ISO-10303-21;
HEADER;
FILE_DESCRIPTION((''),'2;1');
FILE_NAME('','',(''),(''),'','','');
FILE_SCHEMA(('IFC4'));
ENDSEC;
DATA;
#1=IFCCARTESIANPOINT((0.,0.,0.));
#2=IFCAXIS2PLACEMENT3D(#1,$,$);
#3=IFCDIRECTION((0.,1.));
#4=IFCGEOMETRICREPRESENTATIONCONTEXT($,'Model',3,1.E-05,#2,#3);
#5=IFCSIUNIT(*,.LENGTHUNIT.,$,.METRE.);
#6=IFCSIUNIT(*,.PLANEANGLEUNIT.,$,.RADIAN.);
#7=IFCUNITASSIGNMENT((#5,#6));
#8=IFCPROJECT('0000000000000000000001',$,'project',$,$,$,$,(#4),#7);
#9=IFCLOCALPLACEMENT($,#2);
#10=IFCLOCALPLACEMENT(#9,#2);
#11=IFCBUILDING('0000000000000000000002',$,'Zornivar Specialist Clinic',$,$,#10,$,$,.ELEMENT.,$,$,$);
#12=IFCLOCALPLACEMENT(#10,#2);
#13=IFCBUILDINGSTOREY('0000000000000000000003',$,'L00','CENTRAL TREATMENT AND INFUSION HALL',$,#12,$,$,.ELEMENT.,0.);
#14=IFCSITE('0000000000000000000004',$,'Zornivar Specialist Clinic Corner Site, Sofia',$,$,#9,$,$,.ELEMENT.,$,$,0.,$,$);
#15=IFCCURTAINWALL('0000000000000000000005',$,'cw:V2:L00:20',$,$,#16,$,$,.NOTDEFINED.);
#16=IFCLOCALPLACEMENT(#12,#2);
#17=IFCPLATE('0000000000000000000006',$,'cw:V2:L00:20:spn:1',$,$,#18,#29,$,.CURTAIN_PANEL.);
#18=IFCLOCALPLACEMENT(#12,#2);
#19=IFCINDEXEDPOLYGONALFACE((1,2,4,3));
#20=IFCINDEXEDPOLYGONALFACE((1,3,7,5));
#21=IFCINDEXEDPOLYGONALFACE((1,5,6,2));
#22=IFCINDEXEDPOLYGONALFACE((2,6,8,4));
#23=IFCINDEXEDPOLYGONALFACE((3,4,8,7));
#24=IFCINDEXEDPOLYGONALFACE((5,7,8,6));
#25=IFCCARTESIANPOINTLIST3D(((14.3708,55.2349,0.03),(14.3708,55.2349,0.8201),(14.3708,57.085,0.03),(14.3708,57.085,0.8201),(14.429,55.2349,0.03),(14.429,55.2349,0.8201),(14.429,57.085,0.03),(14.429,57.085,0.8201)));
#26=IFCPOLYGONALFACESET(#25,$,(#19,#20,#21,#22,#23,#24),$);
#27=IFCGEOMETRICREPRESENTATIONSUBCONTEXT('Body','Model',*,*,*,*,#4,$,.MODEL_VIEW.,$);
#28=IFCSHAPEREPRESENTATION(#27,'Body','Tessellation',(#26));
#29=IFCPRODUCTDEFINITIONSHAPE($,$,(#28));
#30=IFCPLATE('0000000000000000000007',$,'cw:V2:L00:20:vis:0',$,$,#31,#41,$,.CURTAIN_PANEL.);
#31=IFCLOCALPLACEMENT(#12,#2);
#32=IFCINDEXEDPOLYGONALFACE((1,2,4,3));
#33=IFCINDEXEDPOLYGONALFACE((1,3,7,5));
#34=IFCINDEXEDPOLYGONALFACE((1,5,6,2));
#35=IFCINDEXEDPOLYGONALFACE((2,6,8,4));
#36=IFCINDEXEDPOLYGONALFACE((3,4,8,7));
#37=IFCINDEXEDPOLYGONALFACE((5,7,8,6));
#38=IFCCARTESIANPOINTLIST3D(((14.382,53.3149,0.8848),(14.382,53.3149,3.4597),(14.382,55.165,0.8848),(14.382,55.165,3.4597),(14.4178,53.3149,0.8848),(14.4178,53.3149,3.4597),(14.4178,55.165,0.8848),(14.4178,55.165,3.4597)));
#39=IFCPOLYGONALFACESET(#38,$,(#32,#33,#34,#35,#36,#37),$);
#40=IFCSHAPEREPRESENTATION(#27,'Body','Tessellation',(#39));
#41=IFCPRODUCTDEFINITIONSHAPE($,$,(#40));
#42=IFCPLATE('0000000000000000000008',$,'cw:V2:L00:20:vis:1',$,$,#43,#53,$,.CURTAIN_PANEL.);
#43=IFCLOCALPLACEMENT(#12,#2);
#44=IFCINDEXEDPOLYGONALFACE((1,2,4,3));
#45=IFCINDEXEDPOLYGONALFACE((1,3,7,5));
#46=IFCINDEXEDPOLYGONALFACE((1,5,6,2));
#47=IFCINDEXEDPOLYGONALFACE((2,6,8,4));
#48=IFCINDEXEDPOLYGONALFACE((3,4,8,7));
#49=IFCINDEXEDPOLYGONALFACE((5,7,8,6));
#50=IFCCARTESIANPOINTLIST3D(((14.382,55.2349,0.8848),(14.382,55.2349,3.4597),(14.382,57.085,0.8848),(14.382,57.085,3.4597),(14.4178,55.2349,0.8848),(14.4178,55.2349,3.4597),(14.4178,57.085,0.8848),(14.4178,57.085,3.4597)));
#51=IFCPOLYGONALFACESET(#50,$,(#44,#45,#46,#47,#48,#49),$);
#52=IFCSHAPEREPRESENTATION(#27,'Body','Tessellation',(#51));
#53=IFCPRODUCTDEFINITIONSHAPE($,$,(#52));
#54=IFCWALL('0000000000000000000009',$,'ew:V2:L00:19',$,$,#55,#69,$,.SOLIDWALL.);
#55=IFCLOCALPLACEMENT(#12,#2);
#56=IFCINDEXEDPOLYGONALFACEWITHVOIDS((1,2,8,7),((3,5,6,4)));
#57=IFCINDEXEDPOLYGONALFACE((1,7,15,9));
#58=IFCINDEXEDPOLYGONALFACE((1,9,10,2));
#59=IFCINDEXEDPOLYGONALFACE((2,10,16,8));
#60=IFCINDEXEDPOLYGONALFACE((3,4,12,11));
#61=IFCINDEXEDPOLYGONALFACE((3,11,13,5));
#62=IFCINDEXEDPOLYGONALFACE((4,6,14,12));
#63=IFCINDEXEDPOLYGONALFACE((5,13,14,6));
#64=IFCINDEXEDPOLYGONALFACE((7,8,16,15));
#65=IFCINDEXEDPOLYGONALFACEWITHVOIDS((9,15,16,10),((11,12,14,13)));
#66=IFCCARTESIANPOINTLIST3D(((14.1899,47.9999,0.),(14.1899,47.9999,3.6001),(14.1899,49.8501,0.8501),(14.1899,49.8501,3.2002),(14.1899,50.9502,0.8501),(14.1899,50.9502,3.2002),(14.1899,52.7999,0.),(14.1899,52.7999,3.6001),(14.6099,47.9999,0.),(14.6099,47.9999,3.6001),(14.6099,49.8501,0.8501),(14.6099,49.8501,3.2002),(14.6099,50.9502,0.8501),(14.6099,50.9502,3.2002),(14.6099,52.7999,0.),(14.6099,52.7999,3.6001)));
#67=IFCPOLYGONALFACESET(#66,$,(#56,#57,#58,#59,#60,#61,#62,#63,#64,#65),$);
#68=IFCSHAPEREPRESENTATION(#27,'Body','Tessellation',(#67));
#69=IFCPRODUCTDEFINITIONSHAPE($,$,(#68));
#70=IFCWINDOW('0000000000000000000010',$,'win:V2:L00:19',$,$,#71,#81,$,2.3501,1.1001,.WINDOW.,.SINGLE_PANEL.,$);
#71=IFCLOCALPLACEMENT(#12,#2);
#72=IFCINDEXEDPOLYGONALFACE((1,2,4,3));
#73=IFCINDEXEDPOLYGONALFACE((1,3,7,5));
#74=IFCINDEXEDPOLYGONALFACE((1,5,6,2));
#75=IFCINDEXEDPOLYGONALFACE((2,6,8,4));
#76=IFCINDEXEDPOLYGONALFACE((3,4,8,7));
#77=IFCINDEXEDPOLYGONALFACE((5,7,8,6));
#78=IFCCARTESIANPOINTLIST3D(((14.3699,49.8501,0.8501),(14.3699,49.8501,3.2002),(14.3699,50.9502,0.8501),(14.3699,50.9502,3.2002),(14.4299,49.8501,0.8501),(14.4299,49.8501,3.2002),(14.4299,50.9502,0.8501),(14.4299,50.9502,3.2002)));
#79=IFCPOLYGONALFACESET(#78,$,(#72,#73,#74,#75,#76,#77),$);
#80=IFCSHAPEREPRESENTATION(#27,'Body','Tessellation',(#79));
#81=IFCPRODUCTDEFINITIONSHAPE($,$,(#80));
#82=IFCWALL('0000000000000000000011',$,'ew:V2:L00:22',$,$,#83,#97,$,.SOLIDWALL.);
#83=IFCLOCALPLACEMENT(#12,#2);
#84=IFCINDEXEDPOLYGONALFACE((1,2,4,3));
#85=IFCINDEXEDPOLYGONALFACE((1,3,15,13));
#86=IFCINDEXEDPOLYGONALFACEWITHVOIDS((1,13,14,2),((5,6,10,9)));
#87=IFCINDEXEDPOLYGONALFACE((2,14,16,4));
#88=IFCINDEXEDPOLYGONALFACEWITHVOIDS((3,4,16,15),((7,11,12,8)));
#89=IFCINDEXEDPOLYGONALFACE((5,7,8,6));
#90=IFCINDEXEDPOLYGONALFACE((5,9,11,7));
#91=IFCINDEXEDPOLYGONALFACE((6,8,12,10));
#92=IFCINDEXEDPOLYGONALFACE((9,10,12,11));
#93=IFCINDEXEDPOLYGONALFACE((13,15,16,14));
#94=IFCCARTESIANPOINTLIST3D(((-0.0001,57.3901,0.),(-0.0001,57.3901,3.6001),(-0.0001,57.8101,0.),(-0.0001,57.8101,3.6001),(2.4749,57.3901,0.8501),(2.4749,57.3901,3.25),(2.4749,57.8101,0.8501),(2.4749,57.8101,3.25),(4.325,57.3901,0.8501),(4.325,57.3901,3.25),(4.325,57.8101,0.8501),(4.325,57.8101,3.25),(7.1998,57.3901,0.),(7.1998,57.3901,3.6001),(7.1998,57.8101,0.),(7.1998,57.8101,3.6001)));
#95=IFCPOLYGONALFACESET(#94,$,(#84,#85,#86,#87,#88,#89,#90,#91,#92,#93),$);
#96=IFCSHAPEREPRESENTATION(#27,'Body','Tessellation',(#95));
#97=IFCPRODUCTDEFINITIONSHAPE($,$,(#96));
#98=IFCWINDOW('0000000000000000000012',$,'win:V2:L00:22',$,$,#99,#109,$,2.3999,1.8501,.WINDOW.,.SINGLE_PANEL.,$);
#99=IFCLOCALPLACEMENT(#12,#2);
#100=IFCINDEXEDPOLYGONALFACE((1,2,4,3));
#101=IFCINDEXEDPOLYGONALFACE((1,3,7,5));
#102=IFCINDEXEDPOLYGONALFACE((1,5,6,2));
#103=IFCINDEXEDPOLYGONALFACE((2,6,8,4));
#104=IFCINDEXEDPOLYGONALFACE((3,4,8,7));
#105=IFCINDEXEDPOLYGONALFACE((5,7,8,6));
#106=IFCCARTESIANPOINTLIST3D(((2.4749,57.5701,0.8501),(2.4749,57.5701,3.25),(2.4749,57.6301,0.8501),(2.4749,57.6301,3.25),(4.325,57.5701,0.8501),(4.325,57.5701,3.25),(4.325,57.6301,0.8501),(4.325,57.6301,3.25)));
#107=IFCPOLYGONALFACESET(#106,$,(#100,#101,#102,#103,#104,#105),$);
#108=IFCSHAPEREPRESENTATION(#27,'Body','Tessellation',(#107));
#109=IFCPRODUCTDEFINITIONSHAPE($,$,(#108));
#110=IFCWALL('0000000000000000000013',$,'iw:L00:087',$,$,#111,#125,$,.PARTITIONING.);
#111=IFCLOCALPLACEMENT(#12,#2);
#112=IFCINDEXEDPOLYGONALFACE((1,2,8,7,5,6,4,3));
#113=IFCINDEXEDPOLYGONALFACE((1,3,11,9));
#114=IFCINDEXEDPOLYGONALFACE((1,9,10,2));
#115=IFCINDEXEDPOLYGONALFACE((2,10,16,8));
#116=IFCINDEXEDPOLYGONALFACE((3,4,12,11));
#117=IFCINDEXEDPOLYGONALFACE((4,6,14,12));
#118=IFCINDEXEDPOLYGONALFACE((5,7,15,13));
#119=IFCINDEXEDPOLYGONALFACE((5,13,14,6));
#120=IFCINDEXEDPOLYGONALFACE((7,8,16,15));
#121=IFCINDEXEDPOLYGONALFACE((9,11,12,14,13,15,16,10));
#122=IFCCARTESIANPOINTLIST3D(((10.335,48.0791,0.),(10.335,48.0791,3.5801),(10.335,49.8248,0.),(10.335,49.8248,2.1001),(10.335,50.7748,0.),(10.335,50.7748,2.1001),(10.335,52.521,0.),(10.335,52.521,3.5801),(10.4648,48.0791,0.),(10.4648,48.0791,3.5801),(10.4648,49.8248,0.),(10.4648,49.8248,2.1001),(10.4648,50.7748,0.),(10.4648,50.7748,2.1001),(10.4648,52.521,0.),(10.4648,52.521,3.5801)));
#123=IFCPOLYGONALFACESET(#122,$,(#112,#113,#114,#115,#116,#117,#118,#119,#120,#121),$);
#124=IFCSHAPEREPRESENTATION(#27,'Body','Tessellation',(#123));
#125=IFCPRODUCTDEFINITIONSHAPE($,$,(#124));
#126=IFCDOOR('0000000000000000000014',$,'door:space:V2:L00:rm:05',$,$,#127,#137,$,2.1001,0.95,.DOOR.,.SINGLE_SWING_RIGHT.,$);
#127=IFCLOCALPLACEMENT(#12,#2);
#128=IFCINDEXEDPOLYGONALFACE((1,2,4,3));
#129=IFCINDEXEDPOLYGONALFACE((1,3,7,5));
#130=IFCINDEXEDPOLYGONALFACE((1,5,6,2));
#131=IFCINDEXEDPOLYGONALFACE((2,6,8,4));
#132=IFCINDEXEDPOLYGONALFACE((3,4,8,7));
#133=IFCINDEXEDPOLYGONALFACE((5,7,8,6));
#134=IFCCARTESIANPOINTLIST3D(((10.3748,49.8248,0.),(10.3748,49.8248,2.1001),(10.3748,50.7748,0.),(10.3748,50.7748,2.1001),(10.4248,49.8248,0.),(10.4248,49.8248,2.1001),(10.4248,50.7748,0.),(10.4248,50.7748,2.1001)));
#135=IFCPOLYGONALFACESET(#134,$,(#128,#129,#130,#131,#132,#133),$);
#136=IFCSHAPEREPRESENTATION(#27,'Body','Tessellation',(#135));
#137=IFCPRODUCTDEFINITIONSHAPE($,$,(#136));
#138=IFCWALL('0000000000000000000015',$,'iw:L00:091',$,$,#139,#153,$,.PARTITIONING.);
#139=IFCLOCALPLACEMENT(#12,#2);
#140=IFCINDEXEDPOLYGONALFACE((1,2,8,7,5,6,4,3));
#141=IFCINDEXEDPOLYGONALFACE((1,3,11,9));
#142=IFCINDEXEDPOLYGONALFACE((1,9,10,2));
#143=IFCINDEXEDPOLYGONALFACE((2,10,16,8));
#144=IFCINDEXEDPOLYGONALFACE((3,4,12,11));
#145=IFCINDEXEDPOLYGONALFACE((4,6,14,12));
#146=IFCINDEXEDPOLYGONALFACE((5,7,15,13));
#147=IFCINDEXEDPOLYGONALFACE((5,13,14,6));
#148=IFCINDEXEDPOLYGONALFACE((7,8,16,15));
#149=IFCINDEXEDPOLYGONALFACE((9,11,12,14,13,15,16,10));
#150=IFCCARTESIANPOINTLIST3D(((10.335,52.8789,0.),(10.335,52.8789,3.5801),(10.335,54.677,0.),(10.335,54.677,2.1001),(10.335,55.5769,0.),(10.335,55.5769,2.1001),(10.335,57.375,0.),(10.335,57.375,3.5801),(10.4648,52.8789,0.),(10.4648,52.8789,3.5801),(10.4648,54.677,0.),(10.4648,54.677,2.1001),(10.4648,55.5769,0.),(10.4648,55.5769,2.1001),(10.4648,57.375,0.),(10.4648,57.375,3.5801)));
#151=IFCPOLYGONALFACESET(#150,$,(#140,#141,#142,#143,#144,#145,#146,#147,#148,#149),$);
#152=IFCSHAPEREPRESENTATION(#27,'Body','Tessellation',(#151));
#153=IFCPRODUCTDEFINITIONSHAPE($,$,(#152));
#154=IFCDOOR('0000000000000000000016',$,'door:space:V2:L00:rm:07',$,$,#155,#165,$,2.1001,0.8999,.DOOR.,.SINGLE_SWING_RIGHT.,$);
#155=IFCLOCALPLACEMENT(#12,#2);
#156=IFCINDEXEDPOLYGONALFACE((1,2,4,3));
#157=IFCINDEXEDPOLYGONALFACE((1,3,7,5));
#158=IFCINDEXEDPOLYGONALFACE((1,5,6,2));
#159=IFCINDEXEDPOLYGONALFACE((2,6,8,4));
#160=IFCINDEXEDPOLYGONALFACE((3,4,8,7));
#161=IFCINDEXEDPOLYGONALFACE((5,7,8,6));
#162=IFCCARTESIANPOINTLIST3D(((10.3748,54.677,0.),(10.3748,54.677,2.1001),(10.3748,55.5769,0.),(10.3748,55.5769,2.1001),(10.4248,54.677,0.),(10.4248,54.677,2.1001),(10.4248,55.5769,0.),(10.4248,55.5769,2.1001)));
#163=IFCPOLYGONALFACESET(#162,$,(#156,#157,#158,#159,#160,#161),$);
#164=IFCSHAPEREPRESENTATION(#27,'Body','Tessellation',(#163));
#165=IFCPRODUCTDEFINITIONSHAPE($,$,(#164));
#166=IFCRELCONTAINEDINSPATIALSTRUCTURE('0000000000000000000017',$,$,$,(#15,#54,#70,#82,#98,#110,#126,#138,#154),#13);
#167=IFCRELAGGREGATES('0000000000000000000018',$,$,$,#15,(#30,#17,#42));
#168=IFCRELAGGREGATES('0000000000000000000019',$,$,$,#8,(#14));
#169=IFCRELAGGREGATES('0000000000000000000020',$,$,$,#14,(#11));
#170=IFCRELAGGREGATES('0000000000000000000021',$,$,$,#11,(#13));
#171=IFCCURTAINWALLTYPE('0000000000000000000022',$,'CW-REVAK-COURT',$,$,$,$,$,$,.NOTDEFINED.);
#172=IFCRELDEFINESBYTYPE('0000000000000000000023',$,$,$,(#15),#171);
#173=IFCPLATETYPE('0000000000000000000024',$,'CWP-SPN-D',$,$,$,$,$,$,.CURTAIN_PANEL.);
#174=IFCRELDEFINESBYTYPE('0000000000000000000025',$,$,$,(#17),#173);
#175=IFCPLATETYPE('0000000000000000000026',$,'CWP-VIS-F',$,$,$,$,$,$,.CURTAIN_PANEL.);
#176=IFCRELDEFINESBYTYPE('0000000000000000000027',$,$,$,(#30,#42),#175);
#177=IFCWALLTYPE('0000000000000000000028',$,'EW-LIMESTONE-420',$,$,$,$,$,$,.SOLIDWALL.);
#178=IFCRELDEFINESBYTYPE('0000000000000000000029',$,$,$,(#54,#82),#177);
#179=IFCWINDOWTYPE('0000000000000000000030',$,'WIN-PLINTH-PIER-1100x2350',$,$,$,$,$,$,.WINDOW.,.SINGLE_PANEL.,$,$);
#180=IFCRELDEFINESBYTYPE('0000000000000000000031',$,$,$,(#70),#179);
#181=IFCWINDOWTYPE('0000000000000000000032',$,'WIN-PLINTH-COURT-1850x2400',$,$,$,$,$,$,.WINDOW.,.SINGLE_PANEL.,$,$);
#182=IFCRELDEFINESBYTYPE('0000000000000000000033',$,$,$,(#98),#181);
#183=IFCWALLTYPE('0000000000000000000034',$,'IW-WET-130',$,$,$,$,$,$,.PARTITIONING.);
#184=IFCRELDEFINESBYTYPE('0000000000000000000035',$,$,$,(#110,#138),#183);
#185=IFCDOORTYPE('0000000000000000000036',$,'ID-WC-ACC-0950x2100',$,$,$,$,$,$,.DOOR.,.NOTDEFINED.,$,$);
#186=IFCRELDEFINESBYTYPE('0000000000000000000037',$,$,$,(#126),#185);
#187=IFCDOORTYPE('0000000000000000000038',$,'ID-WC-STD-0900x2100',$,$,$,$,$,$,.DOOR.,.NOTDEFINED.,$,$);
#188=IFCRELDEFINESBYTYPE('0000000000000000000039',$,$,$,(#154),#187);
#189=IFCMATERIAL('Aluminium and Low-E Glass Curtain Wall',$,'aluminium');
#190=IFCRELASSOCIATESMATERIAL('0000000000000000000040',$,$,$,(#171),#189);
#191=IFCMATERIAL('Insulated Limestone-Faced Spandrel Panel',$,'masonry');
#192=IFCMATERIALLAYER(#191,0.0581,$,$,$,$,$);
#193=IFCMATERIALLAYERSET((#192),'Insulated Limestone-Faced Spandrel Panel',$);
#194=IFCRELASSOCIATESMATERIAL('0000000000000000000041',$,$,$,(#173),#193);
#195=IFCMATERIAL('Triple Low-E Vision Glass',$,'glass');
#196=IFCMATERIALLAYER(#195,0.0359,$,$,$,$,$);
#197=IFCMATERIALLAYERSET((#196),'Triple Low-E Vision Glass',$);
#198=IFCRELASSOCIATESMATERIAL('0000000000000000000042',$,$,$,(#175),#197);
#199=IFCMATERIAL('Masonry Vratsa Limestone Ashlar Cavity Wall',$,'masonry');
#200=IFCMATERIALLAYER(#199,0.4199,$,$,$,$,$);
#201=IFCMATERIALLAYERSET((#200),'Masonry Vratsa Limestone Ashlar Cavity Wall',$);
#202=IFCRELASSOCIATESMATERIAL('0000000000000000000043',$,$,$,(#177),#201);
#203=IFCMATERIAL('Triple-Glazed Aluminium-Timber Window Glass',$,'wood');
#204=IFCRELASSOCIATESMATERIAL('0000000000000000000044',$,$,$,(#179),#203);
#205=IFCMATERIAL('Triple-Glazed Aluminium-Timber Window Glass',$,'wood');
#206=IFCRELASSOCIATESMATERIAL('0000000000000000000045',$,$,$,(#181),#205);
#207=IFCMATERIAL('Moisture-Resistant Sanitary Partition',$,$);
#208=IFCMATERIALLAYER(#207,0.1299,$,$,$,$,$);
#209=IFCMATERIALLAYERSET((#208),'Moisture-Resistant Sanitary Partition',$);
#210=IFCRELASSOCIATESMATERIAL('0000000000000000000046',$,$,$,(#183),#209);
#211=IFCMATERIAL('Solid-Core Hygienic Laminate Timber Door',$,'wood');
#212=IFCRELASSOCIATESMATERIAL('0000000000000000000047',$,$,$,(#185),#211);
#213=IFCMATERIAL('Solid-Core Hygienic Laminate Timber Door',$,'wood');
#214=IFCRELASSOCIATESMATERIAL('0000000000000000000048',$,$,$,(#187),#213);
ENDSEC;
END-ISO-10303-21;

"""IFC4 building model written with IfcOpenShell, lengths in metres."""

from ifc_helpers import new_model, si_unit, direction, frame, frame_2d, origin, origin_2d, place, context, subcontext, project, spatial, rectangle, extrude, material, layer, layer_set, type_object, element, fill, aggregate, save


model = new_model("IFC4")

# Units and contexts
model_context = context("Model", 3, precision=1e-05, world=origin(), true_north=direction((0.0, 1.0)))
body_context = subcontext(model_context, "Body", "Model", "MODEL_VIEW")
ifc_project = project(units=[si_unit("LENGTHUNIT", "METRE"), si_unit("PLANEANGLEUNIT", "RADIAN")], contexts=[model_context])

# Site, building, storey
site_placement = place(None, origin())
site = spatial("IfcSite", under=ifc_project, at=site_placement, Name="Zornivar Specialist Clinic Corner Site, Sofia", CompositionType="ELEMENT", RefElevation=0.0)
building_placement = place(site_placement, origin())
building = spatial("IfcBuilding", under=site, at=building_placement, Name="Zornivar Specialist Clinic", CompositionType="ELEMENT")
storey_placement = place(building_placement, origin())
storey = spatial("IfcBuildingStorey", under=building, at=storey_placement, Name="L00", Description="CENTRAL TREATMENT AND INFUSION HALL", CompositionType="ELEMENT", Elevation=0.0)

# Curtain wall, plates
ifc_material_1 = material(Name="Aluminium and Low-E Glass Curtain Wall", Category="aluminium")
curtain_wall_type = type_object("IfcCurtainWallType", Name="CW-REVAK-COURT", PredefinedType="NOTDEFINED", material=ifc_material_1)
curtain_wall_placement = place(storey_placement, origin())
curtain_wall = element("IfcCurtainWall", 1, at=curtain_wall_placement, inside=storey, type_object=curtain_wall_type, Name="cw:V2:L00:20", PredefinedType="NOTDEFINED")
ifc_material_2 = material(Name="Insulated Limestone-Faced Spandrel Panel", Category="masonry")
ifc_layer_1 = layer(ifc_material_2, 0.0581)
ifc_layer_set_1 = layer_set([ifc_layer_1], Name="Insulated Limestone-Faced Spandrel Panel")
plate_type_1 = type_object("IfcPlateType", Name="CWP-SPN-D", PredefinedType="CURTAIN_PANEL", material=ifc_layer_set_1)
plate_1_placement = place(storey_placement, frame((14.3999, 56.1599, 0.03), z_axis=(0.0, 0.0, 1.0), x_axis=(0.0, 1.0, 0.0)))
plate_1 = element("IfcPlate", 2, at=plate_1_placement, type_object=plate_type_1, Name="cw:V2:L00:20:spn:1", PredefinedType="CURTAIN_PANEL", context=body_context, shape_type="SweptSolid", body=[
    extrude(rectangle(XDim=1.8501, YDim=0.0581, at=origin_2d()), origin(), (0.0, 0.0, 1.0), 0.79),
])
ifc_material_3 = material(Name="Triple Low-E Vision Glass", Category="glass")
ifc_layer_2 = layer(ifc_material_3, 0.0359)
ifc_layer_set_2 = layer_set([ifc_layer_2], Name="Triple Low-E Vision Glass")
plate_type_2 = type_object("IfcPlateType", Name="CWP-VIS-F", PredefinedType="CURTAIN_PANEL", material=ifc_layer_set_2)
plate_2_placement = place(storey_placement, frame((14.3999, 54.24, 0.8848), z_axis=(0.0, 0.0, 1.0), x_axis=(0.0, 1.0, 0.0)))
plate_2 = element("IfcPlate", 3, at=plate_2_placement, type_object=plate_type_2, Name="cw:V2:L00:20:vis:0", PredefinedType="CURTAIN_PANEL", context=body_context, shape_type="SweptSolid", body=[
    extrude(rectangle(XDim=1.8501, YDim=0.0359, at=origin_2d()), origin(), (0.0, 0.0, 1.0), 2.575),
])
plate_3_placement = place(storey_placement, frame((14.3999, 56.1599, 0.8848), z_axis=(0.0, 0.0, 1.0), x_axis=(0.0, 1.0, 0.0)))
plate_3 = element("IfcPlate", 4, at=plate_3_placement, type_object=plate_type_2, Name="cw:V2:L00:20:vis:1", PredefinedType="CURTAIN_PANEL", context=body_context, shape_type="SweptSolid", body=[
    extrude(rectangle(XDim=1.8501, YDim=0.0359, at=origin_2d()), origin(), (0.0, 0.0, 1.0), 2.575),
])
aggregate(curtain_wall, [plate_2, plate_1, plate_3])

# Wall, opening, window
ifc_material_4 = material(Name="Masonry Vratsa Limestone Ashlar Cavity Wall", Category="masonry")
ifc_layer_3 = layer(ifc_material_4, 0.4199)
ifc_layer_set_3 = layer_set([ifc_layer_3], Name="Masonry Vratsa Limestone Ashlar Cavity Wall")
wall_type_1 = type_object("IfcWallType", Name="EW-LIMESTONE-420", PredefinedType="SOLIDWALL", material=ifc_layer_set_3)
wall_1_placement = place(storey_placement, frame((14.3999, 48.0, 0.0), z_axis=(0.0, 0.0, 1.0), x_axis=(0.0, 1.0, 0.0)))
wall_1 = element("IfcWall", 5, at=wall_1_placement, inside=storey, type_object=wall_type_1, Name="ew:V2:L00:19", PredefinedType="SOLIDWALL", context=body_context, shape_type="SweptSolid", body=[
    extrude(rectangle(XDim=4.8, YDim=0.4199, at=frame_2d((2.3999, 0.0))), origin(), (0.0, 0.0, 1.0), 3.6001),
])
opening_1_placement = place(wall_1_placement, frame((1.8501, 0.0, 0.8501)))
opening_1 = element("IfcOpeningElement", 6, at=opening_1_placement, cuts=wall_1, PredefinedType="OPENING", context=body_context, shape_type="SweptSolid", body=[
    extrude(rectangle(XDim=1.1001, YDim=2.3501, at=frame_2d((0.55, 1.175))), frame((0.0, 0.22, 0.0), z_axis=(0.0, -1.0, 0.0), x_axis=(1.0, 0.0, 0.0)), (0.0, 0.0, 1.0), 0.4399),
])
ifc_material_5 = material(Name="Triple-Glazed Aluminium-Timber Window Glass", Category="wood")
window_type_1 = type_object("IfcWindowType", Name="WIN-PLINTH-PIER-1100x2350", PartitioningType="SINGLE_PANEL", PredefinedType="WINDOW", material=ifc_material_5)
window_1_placement = place(opening_1_placement, origin())
window_1 = element("IfcWindow", 7, at=window_1_placement, inside=storey, type_object=window_type_1, Name="win:V2:L00:19", OverallHeight=2.3501, OverallWidth=1.1001, PartitioningType="SINGLE_PANEL", PredefinedType="WINDOW", context=body_context, shape_type="SweptSolid", body=[
    extrude(rectangle(XDim=1.1001, YDim=2.3501, at=frame_2d((0.55, 1.175))), frame((0.0, 0.03, 0.0), z_axis=(0.0, -1.0, 0.0), x_axis=(1.0, 0.0, 0.0)), (0.0, 0.0, 1.0), 0.0601),
])
fill(opening_1, window_1)

# Wall, opening, window
wall_2_placement = place(storey_placement, frame((7.2, 57.6001, 0.0), z_axis=(0.0, 0.0, 1.0), x_axis=(-1.0, 0.0, 0.0)))
wall_2 = element("IfcWall", 8, at=wall_2_placement, inside=storey, type_object=wall_type_1, Name="ew:V2:L00:22", PredefinedType="SOLIDWALL", context=body_context, shape_type="SweptSolid", body=[
    extrude(rectangle(XDim=7.2, YDim=0.4199, at=frame_2d((3.6001, 0.0))), origin(), (0.0, 0.0, 1.0), 3.6001),
])
opening_2_placement = place(wall_2_placement, frame((2.875, 0.0, 0.8501)))
opening_2 = element("IfcOpeningElement", 9, at=opening_2_placement, cuts=wall_2, PredefinedType="OPENING", context=body_context, shape_type="SweptSolid", body=[
    extrude(rectangle(XDim=1.8501, YDim=2.3999, at=frame_2d((0.925, 1.2))), frame((0.0, 0.22, 0.0), z_axis=(0.0, -1.0, 0.0), x_axis=(1.0, 0.0, 0.0)), (0.0, 0.0, 1.0), 0.4399),
])
ifc_material_6 = material(Name="Triple-Glazed Aluminium-Timber Window Glass", Category="wood")
window_type_2 = type_object("IfcWindowType", Name="WIN-PLINTH-COURT-1850x2400", PartitioningType="SINGLE_PANEL", PredefinedType="WINDOW", material=ifc_material_6)
window_2_placement = place(opening_2_placement, origin())
window_2 = element("IfcWindow", 10, at=window_2_placement, inside=storey, type_object=window_type_2, Name="win:V2:L00:22", OverallHeight=2.3999, OverallWidth=1.8501, PartitioningType="SINGLE_PANEL", PredefinedType="WINDOW", context=body_context, shape_type="SweptSolid", body=[
    extrude(rectangle(XDim=1.8501, YDim=2.3999, at=frame_2d((0.925, 1.2))), frame((0.0, 0.03, 0.0), z_axis=(0.0, -1.0, 0.0), x_axis=(1.0, 0.0, 0.0)), (0.0, 0.0, 1.0), 0.0601),
])
fill(opening_2, window_2)

# Walls, openings, doors
ifc_material_7 = material(Name="Moisture-Resistant Sanitary Partition")
ifc_layer_4 = layer(ifc_material_7, 0.1299)
ifc_layer_set_4 = layer_set([ifc_layer_4], Name="Moisture-Resistant Sanitary Partition")
wall_type_2 = type_object("IfcWallType", Name="IW-WET-130", PredefinedType="PARTITIONING", material=ifc_layer_set_4)
wall_3_placement = place(storey_placement, frame((10.3999, 52.521, 0.0), z_axis=(0.0, 0.0, 1.0), x_axis=(0.0, -1.0, 0.0)))
wall_3 = element("IfcWall", 11, at=wall_3_placement, inside=storey, type_object=wall_type_2, Name="iw:L00:087", PredefinedType="PARTITIONING", context=body_context, shape_type="SweptSolid", body=[
    extrude(rectangle(XDim=4.4419, YDim=0.1299, at=frame_2d((2.2209, 0.0))), origin(), (0.0, 0.0, 1.0), 3.5801),
])
opening_3_placement = place(wall_3_placement, frame((1.7461, 0.0, 0.0)))
opening_3 = element("IfcOpeningElement", 12, at=opening_3_placement, cuts=wall_3, PredefinedType="OPENING", context=body_context, shape_type="SweptSolid", body=[
    extrude(rectangle(XDim=0.95, YDim=2.1001, at=frame_2d((0.4751, 1.05))), frame((0.0, 0.075, 0.0), z_axis=(0.0, -1.0, 0.0), x_axis=(1.0, 0.0, 0.0)), (0.0, 0.0, 1.0), 0.1499),
])
ifc_material_8 = material(Name="Solid-Core Hygienic Laminate Timber Door", Category="wood")
door_type_1 = type_object("IfcDoorType", Name="ID-WC-ACC-0950x2100", OperationType="NOTDEFINED", PredefinedType="DOOR", material=ifc_material_8)
door_1_placement = place(opening_3_placement, origin())
door_1 = element("IfcDoor", 13, at=door_1_placement, inside=storey, type_object=door_type_1, Name="door:space:V2:L00:rm:05", OperationType="SINGLE_SWING_RIGHT", OverallHeight=2.1001, OverallWidth=0.95, PredefinedType="DOOR", context=body_context, shape_type="SweptSolid", body=[
    extrude(rectangle(XDim=0.95, YDim=2.1001, at=frame_2d((0.4751, 1.05))), frame((0.0, 0.0249, 0.0), z_axis=(0.0, -1.0, 0.0), x_axis=(1.0, 0.0, 0.0)), (0.0, 0.0, 1.0), 0.05),
])
fill(opening_3, door_1)
wall_4_placement = place(storey_placement, frame((10.3999, 57.375, 0.0), z_axis=(0.0, 0.0, 1.0), x_axis=(0.0, -1.0, 0.0)))
wall_4 = element("IfcWall", 14, at=wall_4_placement, inside=storey, type_object=wall_type_2, Name="iw:L00:091", PredefinedType="PARTITIONING", context=body_context, shape_type="SweptSolid", body=[
    extrude(rectangle(XDim=4.4961, YDim=0.1299, at=frame_2d((2.248, 0.0))), origin(), (0.0, 0.0, 1.0), 3.5801),
])
opening_4_placement = place(wall_4_placement, frame((1.7981, 0.0, 0.0)))
opening_4 = element("IfcOpeningElement", 15, at=opening_4_placement, cuts=wall_4, PredefinedType="OPENING", context=body_context, shape_type="SweptSolid", body=[
    extrude(rectangle(XDim=0.8999, YDim=2.1001, at=frame_2d((0.45, 1.05))), frame((0.0, 0.075, 0.0), z_axis=(0.0, -1.0, 0.0), x_axis=(1.0, 0.0, 0.0)), (0.0, 0.0, 1.0), 0.1499),
])
ifc_material_9 = material(Name="Solid-Core Hygienic Laminate Timber Door", Category="wood")
door_type_2 = type_object("IfcDoorType", Name="ID-WC-STD-0900x2100", OperationType="NOTDEFINED", PredefinedType="DOOR", material=ifc_material_9)
door_2_placement = place(opening_4_placement, origin())
door_2 = element("IfcDoor", 16, at=door_2_placement, inside=storey, type_object=door_type_2, Name="door:space:V2:L00:rm:07", OperationType="SINGLE_SWING_RIGHT", OverallHeight=2.1001, OverallWidth=0.8999, PredefinedType="DOOR", context=body_context, shape_type="SweptSolid", body=[
    extrude(rectangle(XDim=0.8999, YDim=2.1001, at=frame_2d((0.45, 1.05))), frame((0.0, 0.0249, 0.0), z_axis=(0.0, -1.0, 0.0), x_axis=(1.0, 0.0, 0.0)), (0.0, 0.0, 1.0), 0.05),
])
fill(opening_4, door_2)

save(model, "model.ifc")
